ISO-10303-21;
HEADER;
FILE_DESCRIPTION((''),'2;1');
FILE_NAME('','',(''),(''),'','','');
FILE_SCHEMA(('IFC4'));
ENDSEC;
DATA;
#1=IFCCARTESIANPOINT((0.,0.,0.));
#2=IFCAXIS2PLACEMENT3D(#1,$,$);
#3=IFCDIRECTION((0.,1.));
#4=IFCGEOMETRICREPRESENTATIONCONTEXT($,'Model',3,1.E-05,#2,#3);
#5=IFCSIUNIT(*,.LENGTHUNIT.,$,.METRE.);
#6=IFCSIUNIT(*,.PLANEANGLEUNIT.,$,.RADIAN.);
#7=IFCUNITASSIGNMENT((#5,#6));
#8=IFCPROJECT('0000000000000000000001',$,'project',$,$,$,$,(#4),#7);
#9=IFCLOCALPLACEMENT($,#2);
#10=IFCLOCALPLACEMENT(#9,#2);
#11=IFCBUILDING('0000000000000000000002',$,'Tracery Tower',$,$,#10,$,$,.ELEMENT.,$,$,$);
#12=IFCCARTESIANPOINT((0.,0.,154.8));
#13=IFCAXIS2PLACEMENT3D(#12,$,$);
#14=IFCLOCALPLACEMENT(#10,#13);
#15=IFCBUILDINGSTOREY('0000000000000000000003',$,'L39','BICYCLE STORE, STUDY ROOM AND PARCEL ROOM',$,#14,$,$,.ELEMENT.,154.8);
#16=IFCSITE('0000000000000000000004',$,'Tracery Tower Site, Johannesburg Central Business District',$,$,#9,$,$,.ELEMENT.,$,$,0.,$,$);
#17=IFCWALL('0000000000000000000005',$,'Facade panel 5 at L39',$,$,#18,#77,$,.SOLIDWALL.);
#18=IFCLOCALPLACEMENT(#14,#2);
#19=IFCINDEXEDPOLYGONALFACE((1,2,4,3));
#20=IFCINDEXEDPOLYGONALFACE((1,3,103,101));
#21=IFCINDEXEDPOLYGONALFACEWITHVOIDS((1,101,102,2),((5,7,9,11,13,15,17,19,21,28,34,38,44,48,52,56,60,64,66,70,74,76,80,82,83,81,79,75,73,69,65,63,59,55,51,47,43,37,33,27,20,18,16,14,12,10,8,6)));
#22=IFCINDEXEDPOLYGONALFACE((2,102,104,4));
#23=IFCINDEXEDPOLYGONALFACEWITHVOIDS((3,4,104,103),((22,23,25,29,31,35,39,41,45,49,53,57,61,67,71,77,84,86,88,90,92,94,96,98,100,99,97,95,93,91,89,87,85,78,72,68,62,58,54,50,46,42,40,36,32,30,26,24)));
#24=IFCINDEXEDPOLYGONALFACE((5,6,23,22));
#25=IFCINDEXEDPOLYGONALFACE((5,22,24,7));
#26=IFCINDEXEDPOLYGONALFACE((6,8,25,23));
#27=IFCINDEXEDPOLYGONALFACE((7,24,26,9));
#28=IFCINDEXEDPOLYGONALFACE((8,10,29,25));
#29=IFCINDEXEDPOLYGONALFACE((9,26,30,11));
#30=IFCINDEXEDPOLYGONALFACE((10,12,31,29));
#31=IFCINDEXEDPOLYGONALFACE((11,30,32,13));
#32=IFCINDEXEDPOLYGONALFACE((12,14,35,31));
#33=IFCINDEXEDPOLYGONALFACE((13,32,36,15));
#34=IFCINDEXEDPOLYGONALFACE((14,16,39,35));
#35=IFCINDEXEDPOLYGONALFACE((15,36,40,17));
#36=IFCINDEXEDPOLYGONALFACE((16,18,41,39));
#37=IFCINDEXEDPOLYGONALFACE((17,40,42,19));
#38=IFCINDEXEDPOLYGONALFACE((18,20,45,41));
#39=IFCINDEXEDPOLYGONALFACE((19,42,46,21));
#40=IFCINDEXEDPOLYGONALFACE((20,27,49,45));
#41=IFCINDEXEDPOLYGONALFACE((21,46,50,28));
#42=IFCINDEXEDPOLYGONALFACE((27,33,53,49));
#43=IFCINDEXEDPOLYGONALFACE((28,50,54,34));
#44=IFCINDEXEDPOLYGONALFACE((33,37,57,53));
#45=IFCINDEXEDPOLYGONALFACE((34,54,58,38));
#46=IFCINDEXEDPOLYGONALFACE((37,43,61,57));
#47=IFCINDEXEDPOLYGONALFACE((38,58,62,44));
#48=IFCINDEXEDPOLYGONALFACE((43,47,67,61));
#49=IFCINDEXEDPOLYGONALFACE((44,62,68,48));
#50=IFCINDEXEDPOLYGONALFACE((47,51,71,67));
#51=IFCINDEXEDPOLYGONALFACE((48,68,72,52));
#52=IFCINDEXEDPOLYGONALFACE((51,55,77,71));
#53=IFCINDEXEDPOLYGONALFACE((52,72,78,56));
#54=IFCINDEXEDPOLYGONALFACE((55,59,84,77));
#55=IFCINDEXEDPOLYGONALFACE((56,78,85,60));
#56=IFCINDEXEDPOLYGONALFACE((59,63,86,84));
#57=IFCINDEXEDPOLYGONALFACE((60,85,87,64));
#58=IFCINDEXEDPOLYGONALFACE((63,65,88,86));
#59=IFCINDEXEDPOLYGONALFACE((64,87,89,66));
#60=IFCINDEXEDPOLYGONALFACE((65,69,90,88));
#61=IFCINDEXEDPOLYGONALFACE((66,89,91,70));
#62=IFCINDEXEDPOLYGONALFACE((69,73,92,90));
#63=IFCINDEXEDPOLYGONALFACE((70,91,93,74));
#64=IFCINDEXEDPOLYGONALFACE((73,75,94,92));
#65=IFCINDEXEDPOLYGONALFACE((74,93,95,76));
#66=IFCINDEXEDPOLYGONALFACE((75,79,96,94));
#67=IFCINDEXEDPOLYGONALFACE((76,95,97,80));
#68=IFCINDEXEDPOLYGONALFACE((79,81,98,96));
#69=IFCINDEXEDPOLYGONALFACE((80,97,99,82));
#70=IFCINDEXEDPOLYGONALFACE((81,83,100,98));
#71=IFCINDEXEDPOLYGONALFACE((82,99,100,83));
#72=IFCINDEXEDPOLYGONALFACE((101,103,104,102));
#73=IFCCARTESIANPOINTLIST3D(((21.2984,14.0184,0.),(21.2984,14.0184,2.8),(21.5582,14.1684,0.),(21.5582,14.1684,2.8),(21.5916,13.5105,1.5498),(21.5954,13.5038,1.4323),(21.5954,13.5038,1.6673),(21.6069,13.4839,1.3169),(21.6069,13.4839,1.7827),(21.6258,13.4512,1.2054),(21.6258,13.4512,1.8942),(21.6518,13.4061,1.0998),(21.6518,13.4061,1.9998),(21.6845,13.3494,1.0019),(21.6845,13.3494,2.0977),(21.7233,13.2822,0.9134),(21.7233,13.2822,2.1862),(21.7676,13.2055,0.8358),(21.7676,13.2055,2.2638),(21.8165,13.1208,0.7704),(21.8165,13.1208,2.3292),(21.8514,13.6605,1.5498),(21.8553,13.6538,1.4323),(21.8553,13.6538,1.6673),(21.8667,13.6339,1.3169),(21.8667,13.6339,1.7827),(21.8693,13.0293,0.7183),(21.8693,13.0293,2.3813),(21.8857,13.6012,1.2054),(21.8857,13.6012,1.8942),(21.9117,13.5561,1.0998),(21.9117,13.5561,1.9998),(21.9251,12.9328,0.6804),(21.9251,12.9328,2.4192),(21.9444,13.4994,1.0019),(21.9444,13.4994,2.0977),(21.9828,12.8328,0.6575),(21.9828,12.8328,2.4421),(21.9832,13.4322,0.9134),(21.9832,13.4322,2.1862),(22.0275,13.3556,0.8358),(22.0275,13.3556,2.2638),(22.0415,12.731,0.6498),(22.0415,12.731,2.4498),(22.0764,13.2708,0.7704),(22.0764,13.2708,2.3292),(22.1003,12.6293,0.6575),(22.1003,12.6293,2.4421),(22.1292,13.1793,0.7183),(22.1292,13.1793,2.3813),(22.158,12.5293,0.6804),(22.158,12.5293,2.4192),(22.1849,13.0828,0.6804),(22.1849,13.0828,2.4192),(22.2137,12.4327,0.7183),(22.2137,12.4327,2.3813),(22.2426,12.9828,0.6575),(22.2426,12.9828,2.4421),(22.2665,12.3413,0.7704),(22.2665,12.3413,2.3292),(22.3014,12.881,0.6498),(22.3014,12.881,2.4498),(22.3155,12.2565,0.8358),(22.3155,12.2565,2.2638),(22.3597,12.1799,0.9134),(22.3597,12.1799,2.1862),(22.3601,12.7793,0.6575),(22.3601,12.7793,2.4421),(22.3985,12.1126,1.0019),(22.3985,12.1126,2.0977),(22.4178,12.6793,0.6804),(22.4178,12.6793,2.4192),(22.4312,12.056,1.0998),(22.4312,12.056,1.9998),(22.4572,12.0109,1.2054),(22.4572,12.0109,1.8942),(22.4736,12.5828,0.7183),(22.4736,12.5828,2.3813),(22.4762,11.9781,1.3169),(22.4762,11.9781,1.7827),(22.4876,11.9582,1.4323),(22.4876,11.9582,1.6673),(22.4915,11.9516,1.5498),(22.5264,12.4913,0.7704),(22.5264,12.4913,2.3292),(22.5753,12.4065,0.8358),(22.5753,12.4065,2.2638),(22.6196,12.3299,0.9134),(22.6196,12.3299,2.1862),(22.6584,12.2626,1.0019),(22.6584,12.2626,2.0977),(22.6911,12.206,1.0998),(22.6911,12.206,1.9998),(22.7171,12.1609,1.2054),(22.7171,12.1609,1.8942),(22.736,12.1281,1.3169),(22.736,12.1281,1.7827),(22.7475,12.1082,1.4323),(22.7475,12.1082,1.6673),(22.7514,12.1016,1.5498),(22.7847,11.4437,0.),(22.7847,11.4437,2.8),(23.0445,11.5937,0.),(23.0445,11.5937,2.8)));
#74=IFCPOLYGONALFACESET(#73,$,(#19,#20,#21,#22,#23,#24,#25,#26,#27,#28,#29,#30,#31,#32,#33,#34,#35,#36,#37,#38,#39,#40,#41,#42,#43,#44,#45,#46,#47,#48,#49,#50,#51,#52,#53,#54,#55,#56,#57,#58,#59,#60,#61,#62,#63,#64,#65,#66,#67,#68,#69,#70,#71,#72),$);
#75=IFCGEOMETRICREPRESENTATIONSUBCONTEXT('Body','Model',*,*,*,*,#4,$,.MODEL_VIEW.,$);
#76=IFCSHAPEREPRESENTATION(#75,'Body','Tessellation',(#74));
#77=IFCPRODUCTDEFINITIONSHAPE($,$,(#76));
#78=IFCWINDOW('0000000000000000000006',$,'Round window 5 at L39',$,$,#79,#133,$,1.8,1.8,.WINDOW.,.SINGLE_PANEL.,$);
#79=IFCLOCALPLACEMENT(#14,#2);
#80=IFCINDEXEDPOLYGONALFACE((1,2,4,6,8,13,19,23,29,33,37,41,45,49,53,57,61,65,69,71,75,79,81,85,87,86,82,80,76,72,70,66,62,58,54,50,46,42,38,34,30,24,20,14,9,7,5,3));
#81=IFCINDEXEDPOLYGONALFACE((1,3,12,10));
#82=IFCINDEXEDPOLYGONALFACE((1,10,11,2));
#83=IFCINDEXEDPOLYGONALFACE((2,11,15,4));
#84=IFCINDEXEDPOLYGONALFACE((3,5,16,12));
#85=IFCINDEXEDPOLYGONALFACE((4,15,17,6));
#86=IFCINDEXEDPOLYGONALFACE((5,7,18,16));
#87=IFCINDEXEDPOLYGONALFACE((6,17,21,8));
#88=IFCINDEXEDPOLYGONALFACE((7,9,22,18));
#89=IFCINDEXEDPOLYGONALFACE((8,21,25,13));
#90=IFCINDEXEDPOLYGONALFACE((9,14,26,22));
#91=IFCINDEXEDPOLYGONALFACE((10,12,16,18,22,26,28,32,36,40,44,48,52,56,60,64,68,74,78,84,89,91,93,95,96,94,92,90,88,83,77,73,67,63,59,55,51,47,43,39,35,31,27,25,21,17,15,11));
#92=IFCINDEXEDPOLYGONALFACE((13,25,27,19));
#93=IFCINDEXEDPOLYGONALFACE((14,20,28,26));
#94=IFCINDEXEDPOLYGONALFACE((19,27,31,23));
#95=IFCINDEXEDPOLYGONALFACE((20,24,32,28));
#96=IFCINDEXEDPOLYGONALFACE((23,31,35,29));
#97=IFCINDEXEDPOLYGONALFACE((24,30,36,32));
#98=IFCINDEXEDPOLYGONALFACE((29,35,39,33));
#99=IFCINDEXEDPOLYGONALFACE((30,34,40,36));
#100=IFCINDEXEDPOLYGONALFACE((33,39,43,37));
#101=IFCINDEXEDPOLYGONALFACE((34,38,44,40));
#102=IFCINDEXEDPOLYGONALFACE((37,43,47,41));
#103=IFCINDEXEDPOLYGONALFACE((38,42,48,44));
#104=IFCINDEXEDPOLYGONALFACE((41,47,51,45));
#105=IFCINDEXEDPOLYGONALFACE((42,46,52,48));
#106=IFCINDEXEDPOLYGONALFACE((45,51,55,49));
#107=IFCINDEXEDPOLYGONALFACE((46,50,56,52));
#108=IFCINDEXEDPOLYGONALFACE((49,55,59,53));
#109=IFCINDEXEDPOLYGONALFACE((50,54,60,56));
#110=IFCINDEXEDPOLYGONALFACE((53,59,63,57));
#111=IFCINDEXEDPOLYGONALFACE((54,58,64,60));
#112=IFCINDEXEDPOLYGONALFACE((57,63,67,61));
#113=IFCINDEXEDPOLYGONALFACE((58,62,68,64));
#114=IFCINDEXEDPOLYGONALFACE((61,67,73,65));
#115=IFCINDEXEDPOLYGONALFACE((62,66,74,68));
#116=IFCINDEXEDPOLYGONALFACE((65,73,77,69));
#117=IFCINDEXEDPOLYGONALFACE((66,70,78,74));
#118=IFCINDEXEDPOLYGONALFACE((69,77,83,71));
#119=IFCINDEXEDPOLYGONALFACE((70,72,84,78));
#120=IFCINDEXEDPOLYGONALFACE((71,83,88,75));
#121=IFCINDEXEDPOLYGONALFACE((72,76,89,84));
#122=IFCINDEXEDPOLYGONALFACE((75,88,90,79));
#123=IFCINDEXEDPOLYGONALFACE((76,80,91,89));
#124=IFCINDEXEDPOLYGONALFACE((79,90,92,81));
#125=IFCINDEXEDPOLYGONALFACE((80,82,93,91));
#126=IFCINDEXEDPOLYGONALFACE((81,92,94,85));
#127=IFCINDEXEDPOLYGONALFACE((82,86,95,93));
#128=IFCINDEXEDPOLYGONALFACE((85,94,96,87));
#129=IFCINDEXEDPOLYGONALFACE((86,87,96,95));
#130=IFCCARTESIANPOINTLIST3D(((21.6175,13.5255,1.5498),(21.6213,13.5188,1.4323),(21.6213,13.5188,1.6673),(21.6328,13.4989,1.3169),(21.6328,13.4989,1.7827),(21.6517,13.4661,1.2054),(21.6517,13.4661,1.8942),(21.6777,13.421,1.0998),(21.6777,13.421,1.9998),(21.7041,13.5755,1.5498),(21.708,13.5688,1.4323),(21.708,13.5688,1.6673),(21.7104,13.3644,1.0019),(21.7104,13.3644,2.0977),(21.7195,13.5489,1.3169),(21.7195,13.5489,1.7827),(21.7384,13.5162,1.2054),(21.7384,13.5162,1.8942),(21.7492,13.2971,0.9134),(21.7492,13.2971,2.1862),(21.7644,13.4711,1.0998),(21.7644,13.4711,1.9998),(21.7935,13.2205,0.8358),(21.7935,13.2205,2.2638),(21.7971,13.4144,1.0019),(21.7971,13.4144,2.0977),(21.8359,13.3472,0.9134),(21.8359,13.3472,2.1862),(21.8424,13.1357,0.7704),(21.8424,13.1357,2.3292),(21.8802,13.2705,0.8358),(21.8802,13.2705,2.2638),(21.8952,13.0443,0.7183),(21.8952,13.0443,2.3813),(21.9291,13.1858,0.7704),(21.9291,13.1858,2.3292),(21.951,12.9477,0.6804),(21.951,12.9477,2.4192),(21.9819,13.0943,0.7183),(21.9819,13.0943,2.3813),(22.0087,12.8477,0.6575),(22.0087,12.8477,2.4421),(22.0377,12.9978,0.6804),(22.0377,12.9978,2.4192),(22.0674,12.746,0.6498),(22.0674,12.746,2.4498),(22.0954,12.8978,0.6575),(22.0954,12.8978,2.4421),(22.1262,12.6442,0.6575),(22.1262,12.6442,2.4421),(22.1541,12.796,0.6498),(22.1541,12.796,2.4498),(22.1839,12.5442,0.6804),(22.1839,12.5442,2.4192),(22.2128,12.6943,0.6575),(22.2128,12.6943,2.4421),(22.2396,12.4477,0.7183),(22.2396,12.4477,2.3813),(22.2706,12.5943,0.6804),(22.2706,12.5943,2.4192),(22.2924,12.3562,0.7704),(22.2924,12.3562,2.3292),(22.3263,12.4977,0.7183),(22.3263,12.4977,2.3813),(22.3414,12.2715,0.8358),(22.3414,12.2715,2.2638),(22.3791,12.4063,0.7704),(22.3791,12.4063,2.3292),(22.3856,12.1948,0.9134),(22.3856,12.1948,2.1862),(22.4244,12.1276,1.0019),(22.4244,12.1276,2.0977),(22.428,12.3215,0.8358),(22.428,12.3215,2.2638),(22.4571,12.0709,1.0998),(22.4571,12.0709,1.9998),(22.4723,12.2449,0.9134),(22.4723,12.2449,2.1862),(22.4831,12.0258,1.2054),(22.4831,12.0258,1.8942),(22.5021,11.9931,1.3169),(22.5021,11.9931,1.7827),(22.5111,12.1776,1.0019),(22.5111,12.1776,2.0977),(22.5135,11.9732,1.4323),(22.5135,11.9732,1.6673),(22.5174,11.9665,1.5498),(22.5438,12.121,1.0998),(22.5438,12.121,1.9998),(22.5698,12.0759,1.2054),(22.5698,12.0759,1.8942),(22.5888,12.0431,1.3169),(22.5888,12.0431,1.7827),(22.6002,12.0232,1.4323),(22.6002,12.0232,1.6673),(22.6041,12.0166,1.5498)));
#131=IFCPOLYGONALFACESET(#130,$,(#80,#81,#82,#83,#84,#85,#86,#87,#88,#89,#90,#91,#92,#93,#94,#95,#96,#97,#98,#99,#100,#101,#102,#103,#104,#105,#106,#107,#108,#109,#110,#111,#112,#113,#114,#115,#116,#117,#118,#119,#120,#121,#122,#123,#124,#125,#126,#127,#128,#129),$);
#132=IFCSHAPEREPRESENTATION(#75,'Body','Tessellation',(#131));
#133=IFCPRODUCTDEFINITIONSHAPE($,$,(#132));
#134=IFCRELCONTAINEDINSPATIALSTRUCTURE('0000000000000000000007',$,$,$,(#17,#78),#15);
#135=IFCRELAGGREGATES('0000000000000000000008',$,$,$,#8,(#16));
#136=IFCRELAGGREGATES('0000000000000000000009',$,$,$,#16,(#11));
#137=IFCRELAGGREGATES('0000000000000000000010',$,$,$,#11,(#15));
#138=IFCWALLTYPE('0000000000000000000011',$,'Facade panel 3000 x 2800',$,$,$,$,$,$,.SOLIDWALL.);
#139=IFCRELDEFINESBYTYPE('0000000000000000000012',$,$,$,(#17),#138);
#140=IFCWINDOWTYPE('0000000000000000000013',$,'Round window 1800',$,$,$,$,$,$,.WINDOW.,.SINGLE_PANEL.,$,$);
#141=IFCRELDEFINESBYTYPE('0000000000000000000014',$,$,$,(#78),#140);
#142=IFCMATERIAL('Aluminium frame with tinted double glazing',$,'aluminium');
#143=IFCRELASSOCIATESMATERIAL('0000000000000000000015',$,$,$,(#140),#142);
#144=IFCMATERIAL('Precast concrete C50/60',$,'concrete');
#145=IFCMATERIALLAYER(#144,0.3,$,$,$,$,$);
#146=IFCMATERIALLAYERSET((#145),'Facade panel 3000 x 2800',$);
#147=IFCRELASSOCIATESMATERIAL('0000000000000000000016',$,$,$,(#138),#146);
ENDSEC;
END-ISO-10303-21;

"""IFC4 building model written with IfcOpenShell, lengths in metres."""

from ifc_helpers import new_model, si_unit, direction, frame, frame_2d, origin, origin_2d, place, context, subcontext, project, spatial, rectangle, circle, extrude, material, layer, layer_set, type_object, element, fill, save


model = new_model("IFC4")

# Units and contexts
model_context = context("Model", 3, precision=1e-05, world=origin(), true_north=direction((0.0, 1.0)))
body_context = subcontext(model_context, "Body", "Model", "MODEL_VIEW")
ifc_project = project(units=[si_unit("LENGTHUNIT", "METRE"), si_unit("PLANEANGLEUNIT", "RADIAN")], contexts=[model_context])

# Site, building, storey
site_placement = place(None, origin())
site = spatial("IfcSite", under=ifc_project, at=site_placement, Name="Tracery Tower Site, Johannesburg Central Business District", CompositionType="ELEMENT", RefElevation=0.0)
building_placement = place(site_placement, origin())
building = spatial("IfcBuilding", under=site, at=building_placement, Name="Tracery Tower", CompositionType="ELEMENT")
storey_placement = place(building_placement, frame((0.0, 0.0, 154.8)))
storey = spatial("IfcBuildingStorey", under=building, at=storey_placement, Name="L39", Description="BICYCLE STORE, STUDY ROOM AND PARCEL ROOM", CompositionType="ELEMENT", Elevation=154.8)

# Wall, opening, window
ifc_material_1 = material(Name="Aluminium frame with tinted double glazing", Category="aluminium")
window_type = type_object("IfcWindowType", Name="Round window 1800", PartitioningType="SINGLE_PANEL", PredefinedType="WINDOW", material=ifc_material_1)
ifc_material_2 = material(Name="Precast concrete C50/60", Category="concrete")
ifc_layer_1 = layer(ifc_material_2, 0.3)
ifc_layer_set_1 = layer_set([ifc_layer_1], Name="Facade panel 3000 x 2800")
wall_type_1 = type_object("IfcWallType", Name="Facade panel 3000 x 2800", PredefinedType="SOLIDWALL", material=ifc_layer_set_1)
wall_1_placement = place(storey_placement, frame((22.9146, 11.5188, 0.0), z_axis=(0.0, 0.0, 1.0), x_axis=(-0.499955, 0.866052, 0.0)))
wall_1 = element("IfcWall", 1, at=wall_1_placement, inside=storey, type_object=wall_type_1, Name="Facade panel 5 at L39", PredefinedType="SOLIDWALL", context=body_context, shape_type="SweptSolid", body=[
    extrude(rectangle(XDim=2.9729, YDim=0.3, at=frame_2d((1.4863, 0.0))), origin(), (0.0, 0.0, 1.0), 2.8),
])
opening_1_placement = place(wall_1_placement, frame((1.4863, 0.0, 1.5498)))
opening_1 = element("IfcOpeningElement", 2, at=opening_1_placement, cuts=wall_1, PredefinedType="OPENING", context=body_context, shape_type="SweptSolid", body=[
    extrude(circle(Radius=0.9, at=origin_2d()), frame((0.0, 0.1599, 0.0), z_axis=(0.0, -1.0, 0.0), x_axis=(1.0, 0.0, 0.0)), (0.0, 0.0, 1.0), 0.3201),
])
window_1_placement = place(opening_1_placement, origin())
window_1 = element("IfcWindow", 3, at=window_1_placement, inside=storey, type_object=window_type, Name="Round window 5 at L39", OverallHeight=1.8, OverallWidth=1.8, PartitioningType="SINGLE_PANEL", PredefinedType="WINDOW", context=body_context, shape_type="SweptSolid", body=[
    extrude(circle(Radius=0.9, at=origin_2d()), frame((0.0, 0.1201, 0.0), z_axis=(0.0, -1.0, 0.0), x_axis=(1.0, 0.0, 0.0)), (0.0, 0.0, 1.0), 0.1001),
])
fill(opening_1, window_1)

save(model, "model.ifc")
